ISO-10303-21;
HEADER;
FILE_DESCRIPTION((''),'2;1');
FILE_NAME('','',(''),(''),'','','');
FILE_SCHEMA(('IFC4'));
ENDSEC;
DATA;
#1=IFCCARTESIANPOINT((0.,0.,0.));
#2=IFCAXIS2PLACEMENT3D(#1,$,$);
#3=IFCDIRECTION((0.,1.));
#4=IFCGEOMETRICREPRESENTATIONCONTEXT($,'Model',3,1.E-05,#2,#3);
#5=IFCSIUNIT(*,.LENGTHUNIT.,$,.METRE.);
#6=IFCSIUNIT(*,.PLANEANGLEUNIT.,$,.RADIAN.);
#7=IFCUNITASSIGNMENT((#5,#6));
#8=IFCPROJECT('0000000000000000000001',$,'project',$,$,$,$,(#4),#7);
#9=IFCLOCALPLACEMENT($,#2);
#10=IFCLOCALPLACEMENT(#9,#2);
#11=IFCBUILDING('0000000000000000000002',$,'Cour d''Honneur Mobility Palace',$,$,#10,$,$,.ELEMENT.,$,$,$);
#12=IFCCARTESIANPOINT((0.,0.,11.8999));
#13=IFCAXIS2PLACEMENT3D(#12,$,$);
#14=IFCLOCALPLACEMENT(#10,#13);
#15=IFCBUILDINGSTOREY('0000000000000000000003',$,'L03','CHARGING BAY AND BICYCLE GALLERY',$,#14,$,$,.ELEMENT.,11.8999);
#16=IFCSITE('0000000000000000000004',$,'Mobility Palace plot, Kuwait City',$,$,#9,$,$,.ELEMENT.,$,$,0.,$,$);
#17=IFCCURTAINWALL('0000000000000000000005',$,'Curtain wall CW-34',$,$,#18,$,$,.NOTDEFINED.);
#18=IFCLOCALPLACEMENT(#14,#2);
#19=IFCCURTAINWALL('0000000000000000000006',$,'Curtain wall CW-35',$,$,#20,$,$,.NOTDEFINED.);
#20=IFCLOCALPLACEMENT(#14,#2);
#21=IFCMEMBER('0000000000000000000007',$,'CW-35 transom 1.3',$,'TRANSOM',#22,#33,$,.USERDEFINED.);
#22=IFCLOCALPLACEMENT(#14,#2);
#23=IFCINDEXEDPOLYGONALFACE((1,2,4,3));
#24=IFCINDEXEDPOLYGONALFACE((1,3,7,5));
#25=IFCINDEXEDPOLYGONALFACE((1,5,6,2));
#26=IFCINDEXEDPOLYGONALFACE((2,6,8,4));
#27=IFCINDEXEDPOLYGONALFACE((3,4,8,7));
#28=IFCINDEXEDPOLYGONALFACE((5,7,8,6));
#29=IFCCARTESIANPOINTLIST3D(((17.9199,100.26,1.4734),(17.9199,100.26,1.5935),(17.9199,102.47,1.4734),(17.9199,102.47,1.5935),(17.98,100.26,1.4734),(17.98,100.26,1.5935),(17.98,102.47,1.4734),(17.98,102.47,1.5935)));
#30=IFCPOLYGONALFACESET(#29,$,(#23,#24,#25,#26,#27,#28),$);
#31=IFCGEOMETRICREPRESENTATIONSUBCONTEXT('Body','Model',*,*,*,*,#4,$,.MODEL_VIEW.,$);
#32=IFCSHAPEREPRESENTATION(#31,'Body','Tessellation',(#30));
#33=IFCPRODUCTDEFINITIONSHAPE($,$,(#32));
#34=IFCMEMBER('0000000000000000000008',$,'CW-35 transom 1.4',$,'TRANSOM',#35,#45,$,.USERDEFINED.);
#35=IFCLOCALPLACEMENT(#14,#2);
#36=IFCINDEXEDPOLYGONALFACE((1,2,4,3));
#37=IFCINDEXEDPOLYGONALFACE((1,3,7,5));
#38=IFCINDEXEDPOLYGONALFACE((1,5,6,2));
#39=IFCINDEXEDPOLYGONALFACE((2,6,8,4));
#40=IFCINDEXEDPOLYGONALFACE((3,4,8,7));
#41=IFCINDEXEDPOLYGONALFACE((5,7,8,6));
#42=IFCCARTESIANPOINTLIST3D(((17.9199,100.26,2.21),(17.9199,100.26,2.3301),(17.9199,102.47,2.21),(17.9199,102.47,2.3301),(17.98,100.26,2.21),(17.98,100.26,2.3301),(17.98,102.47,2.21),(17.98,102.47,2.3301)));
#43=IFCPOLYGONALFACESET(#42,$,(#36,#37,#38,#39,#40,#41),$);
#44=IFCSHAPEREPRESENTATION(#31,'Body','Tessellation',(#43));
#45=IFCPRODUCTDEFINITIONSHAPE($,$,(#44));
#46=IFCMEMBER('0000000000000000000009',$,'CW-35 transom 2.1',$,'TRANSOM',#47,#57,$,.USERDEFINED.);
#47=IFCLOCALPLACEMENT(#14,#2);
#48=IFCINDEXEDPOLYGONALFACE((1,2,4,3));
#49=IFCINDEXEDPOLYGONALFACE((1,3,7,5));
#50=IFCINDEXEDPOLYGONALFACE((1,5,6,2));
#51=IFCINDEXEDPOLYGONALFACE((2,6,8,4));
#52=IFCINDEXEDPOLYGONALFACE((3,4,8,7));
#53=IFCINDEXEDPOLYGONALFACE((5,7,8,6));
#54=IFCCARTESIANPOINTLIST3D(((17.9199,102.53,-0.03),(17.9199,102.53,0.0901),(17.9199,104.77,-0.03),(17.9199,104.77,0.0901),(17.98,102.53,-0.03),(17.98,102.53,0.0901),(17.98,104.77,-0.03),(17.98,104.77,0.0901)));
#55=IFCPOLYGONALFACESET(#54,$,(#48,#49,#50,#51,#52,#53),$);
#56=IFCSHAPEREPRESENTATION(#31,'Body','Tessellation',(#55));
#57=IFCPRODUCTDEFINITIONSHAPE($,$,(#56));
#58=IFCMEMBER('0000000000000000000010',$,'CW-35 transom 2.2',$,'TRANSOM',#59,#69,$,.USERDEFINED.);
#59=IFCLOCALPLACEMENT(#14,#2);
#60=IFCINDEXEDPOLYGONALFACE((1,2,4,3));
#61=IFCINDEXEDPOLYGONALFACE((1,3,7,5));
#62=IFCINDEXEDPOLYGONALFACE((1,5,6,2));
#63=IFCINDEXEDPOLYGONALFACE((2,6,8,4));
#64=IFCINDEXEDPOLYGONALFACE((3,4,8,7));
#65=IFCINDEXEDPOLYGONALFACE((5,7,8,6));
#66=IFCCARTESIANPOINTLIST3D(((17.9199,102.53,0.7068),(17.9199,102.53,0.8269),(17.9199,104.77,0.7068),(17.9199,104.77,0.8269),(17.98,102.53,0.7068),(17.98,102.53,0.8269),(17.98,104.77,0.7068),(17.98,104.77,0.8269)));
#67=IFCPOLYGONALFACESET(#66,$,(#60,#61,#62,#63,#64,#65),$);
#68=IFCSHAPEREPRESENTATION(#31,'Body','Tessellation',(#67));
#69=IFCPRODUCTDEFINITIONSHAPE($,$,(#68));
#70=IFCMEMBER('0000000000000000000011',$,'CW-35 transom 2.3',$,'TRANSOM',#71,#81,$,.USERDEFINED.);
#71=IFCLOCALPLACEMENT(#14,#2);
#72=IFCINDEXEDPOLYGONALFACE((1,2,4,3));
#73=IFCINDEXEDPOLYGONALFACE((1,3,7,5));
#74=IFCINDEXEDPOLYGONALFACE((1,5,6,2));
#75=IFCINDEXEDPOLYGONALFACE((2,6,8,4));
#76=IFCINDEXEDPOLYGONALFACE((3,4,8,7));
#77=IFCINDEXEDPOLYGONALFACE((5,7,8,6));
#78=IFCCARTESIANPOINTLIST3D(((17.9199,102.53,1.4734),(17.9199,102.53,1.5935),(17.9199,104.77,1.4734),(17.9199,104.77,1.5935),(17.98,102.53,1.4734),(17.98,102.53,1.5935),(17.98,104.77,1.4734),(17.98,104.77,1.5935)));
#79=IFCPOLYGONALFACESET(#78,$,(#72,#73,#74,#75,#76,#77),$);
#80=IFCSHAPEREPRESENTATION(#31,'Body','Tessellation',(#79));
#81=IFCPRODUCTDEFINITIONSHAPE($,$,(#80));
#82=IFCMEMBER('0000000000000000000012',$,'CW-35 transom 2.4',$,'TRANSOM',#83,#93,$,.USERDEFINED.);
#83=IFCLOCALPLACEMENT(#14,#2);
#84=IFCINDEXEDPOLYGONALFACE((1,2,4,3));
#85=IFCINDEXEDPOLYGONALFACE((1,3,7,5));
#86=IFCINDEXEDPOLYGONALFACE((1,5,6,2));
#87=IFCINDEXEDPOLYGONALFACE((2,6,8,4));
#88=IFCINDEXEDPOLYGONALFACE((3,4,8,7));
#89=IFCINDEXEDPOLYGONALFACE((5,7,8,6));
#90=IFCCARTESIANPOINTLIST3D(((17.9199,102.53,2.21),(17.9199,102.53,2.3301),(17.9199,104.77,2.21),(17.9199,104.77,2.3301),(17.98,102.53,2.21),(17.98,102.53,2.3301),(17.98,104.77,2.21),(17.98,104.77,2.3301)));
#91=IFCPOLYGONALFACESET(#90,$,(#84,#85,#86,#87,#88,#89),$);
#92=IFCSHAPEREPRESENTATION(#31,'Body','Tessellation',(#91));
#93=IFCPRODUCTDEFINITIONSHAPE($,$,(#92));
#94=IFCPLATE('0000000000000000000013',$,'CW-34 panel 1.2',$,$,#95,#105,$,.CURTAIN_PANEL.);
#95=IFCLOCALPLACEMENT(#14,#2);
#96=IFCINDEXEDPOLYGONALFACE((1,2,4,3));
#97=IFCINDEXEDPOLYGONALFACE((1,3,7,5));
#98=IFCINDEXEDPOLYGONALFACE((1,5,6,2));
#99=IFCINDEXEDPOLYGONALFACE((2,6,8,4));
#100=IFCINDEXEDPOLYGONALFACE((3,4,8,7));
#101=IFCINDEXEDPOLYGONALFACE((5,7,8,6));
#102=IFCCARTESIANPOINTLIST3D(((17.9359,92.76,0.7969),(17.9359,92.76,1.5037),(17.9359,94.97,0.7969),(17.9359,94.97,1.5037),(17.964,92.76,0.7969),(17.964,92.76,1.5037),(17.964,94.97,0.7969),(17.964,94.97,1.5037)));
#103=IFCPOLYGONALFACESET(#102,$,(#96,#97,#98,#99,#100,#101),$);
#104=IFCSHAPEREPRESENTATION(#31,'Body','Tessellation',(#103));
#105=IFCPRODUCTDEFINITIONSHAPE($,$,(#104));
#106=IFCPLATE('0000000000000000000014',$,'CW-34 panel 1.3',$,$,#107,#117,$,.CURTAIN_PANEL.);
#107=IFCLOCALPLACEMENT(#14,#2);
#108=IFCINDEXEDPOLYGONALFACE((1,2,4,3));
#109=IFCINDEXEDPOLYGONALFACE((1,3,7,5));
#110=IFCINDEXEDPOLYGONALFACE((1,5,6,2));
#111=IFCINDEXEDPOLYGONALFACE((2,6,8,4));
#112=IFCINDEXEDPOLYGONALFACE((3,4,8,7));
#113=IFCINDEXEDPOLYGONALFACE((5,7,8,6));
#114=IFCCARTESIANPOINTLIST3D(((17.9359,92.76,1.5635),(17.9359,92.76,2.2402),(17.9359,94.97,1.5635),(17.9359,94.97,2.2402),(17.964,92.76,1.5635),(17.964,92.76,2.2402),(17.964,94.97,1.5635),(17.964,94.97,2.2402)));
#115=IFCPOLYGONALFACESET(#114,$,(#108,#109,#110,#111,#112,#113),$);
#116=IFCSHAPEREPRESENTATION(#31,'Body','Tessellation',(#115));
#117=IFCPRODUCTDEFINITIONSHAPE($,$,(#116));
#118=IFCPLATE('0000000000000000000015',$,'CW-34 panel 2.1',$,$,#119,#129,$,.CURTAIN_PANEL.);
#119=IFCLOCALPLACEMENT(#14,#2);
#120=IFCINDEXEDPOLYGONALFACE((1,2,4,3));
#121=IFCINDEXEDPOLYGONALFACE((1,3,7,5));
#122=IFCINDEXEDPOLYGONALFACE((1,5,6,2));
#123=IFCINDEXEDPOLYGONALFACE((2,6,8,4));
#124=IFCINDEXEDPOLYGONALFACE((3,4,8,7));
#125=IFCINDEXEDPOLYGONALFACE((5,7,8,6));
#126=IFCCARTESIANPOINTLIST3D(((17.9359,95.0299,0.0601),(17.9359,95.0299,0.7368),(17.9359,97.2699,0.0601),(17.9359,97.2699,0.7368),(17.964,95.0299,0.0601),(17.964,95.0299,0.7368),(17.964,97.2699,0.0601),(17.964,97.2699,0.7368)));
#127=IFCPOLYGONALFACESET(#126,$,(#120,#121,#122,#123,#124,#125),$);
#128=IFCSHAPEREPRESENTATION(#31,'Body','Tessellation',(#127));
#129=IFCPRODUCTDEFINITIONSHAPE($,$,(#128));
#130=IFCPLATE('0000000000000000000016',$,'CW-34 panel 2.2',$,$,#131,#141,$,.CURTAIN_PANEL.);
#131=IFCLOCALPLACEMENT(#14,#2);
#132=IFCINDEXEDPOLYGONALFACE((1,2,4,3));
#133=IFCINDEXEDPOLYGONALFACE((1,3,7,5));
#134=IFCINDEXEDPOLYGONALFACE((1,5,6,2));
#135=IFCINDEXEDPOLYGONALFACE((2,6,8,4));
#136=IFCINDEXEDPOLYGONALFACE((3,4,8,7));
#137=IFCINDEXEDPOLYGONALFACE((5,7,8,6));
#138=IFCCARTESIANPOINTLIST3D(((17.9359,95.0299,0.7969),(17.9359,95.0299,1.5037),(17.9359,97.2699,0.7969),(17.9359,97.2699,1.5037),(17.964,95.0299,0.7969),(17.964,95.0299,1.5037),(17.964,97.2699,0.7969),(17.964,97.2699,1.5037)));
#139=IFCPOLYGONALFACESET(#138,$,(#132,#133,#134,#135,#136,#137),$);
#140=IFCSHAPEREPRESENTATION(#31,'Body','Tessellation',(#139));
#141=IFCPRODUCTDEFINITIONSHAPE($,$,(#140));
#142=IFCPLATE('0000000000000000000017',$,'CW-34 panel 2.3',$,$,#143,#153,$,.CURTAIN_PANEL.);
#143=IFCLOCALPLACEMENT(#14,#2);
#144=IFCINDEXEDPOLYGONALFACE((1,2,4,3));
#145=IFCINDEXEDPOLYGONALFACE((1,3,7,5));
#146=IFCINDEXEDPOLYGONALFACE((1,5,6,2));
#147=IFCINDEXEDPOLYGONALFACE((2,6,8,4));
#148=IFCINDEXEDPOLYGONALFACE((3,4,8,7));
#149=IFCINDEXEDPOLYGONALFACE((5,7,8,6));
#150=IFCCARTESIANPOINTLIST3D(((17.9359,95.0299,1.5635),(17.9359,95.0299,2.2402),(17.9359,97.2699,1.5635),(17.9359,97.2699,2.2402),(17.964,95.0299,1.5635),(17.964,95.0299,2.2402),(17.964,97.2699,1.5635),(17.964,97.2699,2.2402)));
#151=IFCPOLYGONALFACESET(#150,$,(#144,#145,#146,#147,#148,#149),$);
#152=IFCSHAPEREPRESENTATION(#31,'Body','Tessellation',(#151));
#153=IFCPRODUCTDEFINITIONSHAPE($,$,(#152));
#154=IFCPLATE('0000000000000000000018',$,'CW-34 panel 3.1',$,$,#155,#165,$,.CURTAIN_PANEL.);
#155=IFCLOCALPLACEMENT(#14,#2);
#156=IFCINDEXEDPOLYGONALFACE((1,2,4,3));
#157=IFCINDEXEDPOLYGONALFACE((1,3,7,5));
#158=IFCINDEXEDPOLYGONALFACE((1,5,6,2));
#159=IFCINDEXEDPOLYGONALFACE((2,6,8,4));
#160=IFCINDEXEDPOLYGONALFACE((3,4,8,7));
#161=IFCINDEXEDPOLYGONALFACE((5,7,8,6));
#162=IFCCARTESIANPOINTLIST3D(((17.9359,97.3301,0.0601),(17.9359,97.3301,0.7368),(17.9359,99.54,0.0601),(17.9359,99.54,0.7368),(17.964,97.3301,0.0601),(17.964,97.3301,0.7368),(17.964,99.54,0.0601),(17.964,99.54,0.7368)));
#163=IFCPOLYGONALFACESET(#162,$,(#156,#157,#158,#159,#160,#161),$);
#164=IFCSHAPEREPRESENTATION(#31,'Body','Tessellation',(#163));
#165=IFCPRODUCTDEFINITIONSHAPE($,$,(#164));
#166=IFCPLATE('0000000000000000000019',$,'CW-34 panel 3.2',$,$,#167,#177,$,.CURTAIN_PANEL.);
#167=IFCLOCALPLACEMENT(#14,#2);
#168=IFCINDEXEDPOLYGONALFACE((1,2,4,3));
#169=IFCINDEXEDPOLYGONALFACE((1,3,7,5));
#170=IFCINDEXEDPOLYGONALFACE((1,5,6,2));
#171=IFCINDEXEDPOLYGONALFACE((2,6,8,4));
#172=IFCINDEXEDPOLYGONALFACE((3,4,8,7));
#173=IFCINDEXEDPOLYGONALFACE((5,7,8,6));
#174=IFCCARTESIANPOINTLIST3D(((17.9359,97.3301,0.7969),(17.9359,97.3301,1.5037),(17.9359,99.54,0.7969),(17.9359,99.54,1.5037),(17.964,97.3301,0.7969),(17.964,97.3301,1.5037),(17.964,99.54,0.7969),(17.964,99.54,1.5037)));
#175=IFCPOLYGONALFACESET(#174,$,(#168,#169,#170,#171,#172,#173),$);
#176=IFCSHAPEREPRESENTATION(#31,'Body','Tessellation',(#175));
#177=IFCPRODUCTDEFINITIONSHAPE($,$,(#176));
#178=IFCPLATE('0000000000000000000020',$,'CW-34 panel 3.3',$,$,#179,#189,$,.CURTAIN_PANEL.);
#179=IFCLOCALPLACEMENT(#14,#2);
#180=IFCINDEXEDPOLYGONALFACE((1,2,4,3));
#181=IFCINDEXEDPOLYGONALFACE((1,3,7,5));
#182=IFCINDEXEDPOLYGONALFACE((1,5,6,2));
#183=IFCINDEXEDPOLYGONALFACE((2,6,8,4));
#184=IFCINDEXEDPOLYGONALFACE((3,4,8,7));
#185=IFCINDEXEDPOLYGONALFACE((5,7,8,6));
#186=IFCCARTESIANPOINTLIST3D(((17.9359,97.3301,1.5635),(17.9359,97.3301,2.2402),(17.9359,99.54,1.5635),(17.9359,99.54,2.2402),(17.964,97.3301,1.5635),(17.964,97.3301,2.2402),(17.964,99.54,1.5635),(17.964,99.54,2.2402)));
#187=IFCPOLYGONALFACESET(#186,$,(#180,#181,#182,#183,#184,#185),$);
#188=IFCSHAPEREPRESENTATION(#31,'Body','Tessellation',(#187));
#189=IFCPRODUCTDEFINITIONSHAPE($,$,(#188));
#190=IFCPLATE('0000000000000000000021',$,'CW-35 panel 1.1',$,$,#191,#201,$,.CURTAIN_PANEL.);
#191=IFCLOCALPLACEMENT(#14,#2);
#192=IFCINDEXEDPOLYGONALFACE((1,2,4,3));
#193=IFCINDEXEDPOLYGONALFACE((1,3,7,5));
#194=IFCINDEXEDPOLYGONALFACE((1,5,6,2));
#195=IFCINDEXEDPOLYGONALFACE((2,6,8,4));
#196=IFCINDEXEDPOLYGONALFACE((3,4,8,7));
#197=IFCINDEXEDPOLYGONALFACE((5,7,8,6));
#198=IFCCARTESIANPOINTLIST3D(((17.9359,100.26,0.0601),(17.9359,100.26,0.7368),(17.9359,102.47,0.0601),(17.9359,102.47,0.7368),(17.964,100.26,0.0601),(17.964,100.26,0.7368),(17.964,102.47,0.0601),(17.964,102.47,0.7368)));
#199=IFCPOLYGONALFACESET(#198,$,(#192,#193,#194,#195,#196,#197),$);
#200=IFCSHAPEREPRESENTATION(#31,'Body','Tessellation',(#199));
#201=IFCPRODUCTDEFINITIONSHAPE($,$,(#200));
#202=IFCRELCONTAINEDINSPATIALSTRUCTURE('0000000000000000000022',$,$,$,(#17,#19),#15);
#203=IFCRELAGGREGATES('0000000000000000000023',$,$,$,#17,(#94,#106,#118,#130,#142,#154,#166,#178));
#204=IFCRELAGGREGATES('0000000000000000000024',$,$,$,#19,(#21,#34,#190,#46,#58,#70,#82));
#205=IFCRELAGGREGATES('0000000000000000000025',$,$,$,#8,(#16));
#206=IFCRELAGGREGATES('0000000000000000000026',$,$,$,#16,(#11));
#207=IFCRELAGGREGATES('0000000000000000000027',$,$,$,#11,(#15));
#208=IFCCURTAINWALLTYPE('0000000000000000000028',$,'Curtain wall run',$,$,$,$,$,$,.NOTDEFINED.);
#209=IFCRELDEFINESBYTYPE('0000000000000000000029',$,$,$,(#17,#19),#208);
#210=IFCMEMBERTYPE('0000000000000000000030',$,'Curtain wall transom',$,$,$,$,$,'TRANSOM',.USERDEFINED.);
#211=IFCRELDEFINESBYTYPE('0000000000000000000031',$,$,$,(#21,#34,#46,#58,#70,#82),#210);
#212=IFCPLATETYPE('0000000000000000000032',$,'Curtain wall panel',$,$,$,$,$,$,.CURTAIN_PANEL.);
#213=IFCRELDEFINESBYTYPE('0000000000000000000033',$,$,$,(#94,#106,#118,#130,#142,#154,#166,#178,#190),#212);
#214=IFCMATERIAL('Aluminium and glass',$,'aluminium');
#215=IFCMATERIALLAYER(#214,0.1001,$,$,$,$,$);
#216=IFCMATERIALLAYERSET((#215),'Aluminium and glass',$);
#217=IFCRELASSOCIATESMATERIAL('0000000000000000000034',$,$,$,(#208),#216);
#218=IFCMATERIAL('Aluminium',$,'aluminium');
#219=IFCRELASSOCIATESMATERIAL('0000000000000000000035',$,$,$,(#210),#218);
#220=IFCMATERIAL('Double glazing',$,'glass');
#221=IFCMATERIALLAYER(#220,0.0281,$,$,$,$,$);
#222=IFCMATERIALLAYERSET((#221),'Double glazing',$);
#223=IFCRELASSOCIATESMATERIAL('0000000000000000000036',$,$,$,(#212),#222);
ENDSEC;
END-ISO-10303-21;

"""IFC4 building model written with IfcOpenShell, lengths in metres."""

from ifc_helpers import new_model, si_unit, direction, frame, origin, origin_2d, place, context, subcontext, project, spatial, rectangle, extrude, material, layer, layer_set, material_profile, profile_set, type_object, element, aggregate, save


model = new_model("IFC4")

# Units and contexts
model_context = context("Model", 3, precision=1e-05, world=origin(), true_north=direction((0.0, 1.0)))
body_context = subcontext(model_context, "Body", "Model", "MODEL_VIEW")
ifc_project = project(units=[si_unit("LENGTHUNIT", "METRE"), si_unit("PLANEANGLEUNIT", "RADIAN")], contexts=[model_context])

# Site, building, storey
site_placement = place(None, origin())
site = spatial("IfcSite", under=ifc_project, at=site_placement, Name="Mobility Palace plot, Kuwait City", CompositionType="ELEMENT", RefElevation=0.0)
building_placement = place(site_placement, origin())
building = spatial("IfcBuilding", under=site, at=building_placement, Name="Cour d'Honneur Mobility Palace", CompositionType="ELEMENT")
storey_placement = place(building_placement, frame((0.0, 0.0, 11.8999)))
storey = spatial("IfcBuildingStorey", under=building, at=storey_placement, Name="L03", Description="CHARGING BAY AND BICYCLE GALLERY", CompositionType="ELEMENT", Elevation=11.8999)

# Curtain walls
ifc_material_1 = material(Name="Aluminium and glass", Category="aluminium")
ifc_layer_1 = layer(ifc_material_1, 0.1001)
ifc_layer_set_1 = layer_set([ifc_layer_1], Name="Aluminium and glass")
curtain_wall_type = type_object("IfcCurtainWallType", Name="Curtain wall run", PredefinedType="NOTDEFINED", material=ifc_layer_set_1)
curtain_wall_1_placement = place(storey_placement, origin())
curtain_wall_1 = element("IfcCurtainWall", 1, at=curtain_wall_1_placement, inside=storey, type_object=curtain_wall_type, Name="Curtain wall CW-34", PredefinedType="NOTDEFINED")
curtain_wall_2_placement = place(storey_placement, origin())
curtain_wall_2 = element("IfcCurtainWall", 2, at=curtain_wall_2_placement, inside=storey, type_object=curtain_wall_type, Name="Curtain wall CW-35", PredefinedType="NOTDEFINED")

# Members
ifc_material_2 = material(Name="Aluminium", Category="aluminium")
ifc_material_profile_1 = material_profile(ifc_material_2, rectangle(XDim=0.0601, YDim=0.1201, at=origin_2d()), Name="Curtain wall transom")
ifc_profile_set_1 = profile_set([ifc_material_profile_1], Name="Aluminium")
member_type_1 = type_object("IfcMemberType", Name="Curtain wall transom", ElementType="TRANSOM", PredefinedType="USERDEFINED", material=ifc_profile_set_1)
member_1_placement = place(storey_placement, frame((17.95, 100.26, 1.5334), z_axis=(0.0, 1.0, 0.0), x_axis=(-1.0, 0.0, 0.0)))
member_1 = element("IfcMember", 3, at=member_1_placement, type_object=member_type_1, Name="CW-35 transom 1.3", ObjectType="TRANSOM", PredefinedType="USERDEFINED", context=body_context, shape_type="SweptSolid", body=[
    extrude(rectangle(XDim=0.0601, YDim=0.1201, at=origin_2d()), origin(), (0.0, 0.0, 1.0), 2.21),
])
member_2_placement = place(storey_placement, frame((17.95, 100.26, 2.27), z_axis=(0.0, 1.0, 0.0), x_axis=(-1.0, 0.0, 0.0)))
member_2 = element("IfcMember", 4, at=member_2_placement, type_object=member_type_1, Name="CW-35 transom 1.4", ObjectType="TRANSOM", PredefinedType="USERDEFINED", context=body_context, shape_type="SweptSolid", body=[
    extrude(rectangle(XDim=0.0601, YDim=0.1201, at=origin_2d()), origin(), (0.0, 0.0, 1.0), 2.21),
])
member_3_placement = place(storey_placement, frame((17.95, 102.53, 0.03), z_axis=(0.0, 1.0, 0.0), x_axis=(-1.0, 0.0, 0.0)))
member_3 = element("IfcMember", 5, at=member_3_placement, type_object=member_type_1, Name="CW-35 transom 2.1", ObjectType="TRANSOM", PredefinedType="USERDEFINED", context=body_context, shape_type="SweptSolid", body=[
    extrude(rectangle(XDim=0.0601, YDim=0.1201, at=origin_2d()), origin(), (0.0, 0.0, 1.0), 2.24),
])
member_4_placement = place(storey_placement, frame((17.95, 102.53, 0.7668), z_axis=(0.0, 1.0, 0.0), x_axis=(-1.0, 0.0, 0.0)))
member_4 = element("IfcMember", 6, at=member_4_placement, type_object=member_type_1, Name="CW-35 transom 2.2", ObjectType="TRANSOM", PredefinedType="USERDEFINED", context=body_context, shape_type="SweptSolid", body=[
    extrude(rectangle(XDim=0.0601, YDim=0.1201, at=origin_2d()), origin(), (0.0, 0.0, 1.0), 2.24),
])
member_5_placement = place(storey_placement, frame((17.95, 102.53, 1.5334), z_axis=(0.0, 1.0, 0.0), x_axis=(-1.0, 0.0, 0.0)))
member_5 = element("IfcMember", 7, at=member_5_placement, type_object=member_type_1, Name="CW-35 transom 2.3", ObjectType="TRANSOM", PredefinedType="USERDEFINED", context=body_context, shape_type="SweptSolid", body=[
    extrude(rectangle(XDim=0.0601, YDim=0.1201, at=origin_2d()), origin(), (0.0, 0.0, 1.0), 2.24),
])
member_6_placement = place(storey_placement, frame((17.95, 102.53, 2.27), z_axis=(0.0, 1.0, 0.0), x_axis=(-1.0, 0.0, 0.0)))
member_6 = element("IfcMember", 8, at=member_6_placement, type_object=member_type_1, Name="CW-35 transom 2.4", ObjectType="TRANSOM", PredefinedType="USERDEFINED", context=body_context, shape_type="SweptSolid", body=[
    extrude(rectangle(XDim=0.0601, YDim=0.1201, at=origin_2d()), origin(), (0.0, 0.0, 1.0), 2.24),
])

# Plates
ifc_material_3 = material(Name="Double glazing", Category="glass")
ifc_layer_2 = layer(ifc_material_3, 0.0281)
ifc_layer_set_2 = layer_set([ifc_layer_2], Name="Double glazing")
plate_type = type_object("IfcPlateType", Name="Curtain wall panel", PredefinedType="CURTAIN_PANEL", material=ifc_layer_set_2)
plate_1_placement = place(storey_placement, frame((17.95, 93.865, 0.7969), z_axis=(0.0, 0.0, 1.0), x_axis=(0.0, 1.0, 0.0)))
plate_1 = element("IfcPlate", 9, at=plate_1_placement, type_object=plate_type, Name="CW-34 panel 1.2", PredefinedType="CURTAIN_PANEL", context=body_context, shape_type="SweptSolid", body=[
    extrude(rectangle(XDim=2.21, YDim=0.0281, at=origin_2d()), origin(), (0.0, 0.0, 1.0), 0.7068),
])
plate_2_placement = place(storey_placement, frame((17.95, 93.865, 1.5635), z_axis=(0.0, 0.0, 1.0), x_axis=(0.0, 1.0, 0.0)))
plate_2 = element("IfcPlate", 10, at=plate_2_placement, type_object=plate_type, Name="CW-34 panel 1.3", PredefinedType="CURTAIN_PANEL", context=body_context, shape_type="SweptSolid", body=[
    extrude(rectangle(XDim=2.21, YDim=0.0281, at=origin_2d()), origin(), (0.0, 0.0, 1.0), 0.6768),
])
plate_3_placement = place(storey_placement, frame((17.95, 96.1499, 0.0601), z_axis=(0.0, 0.0, 1.0), x_axis=(0.0, 1.0, 0.0)))
plate_3 = element("IfcPlate", 11, at=plate_3_placement, type_object=plate_type, Name="CW-34 panel 2.1", PredefinedType="CURTAIN_PANEL", context=body_context, shape_type="SweptSolid", body=[
    extrude(rectangle(XDim=2.24, YDim=0.0281, at=origin_2d()), origin(), (0.0, 0.0, 1.0), 0.6768),
])
plate_4_placement = place(storey_placement, frame((17.95, 96.1499, 0.7969), z_axis=(0.0, 0.0, 1.0), x_axis=(0.0, 1.0, 0.0)))
plate_4 = element("IfcPlate", 12, at=plate_4_placement, type_object=plate_type, Name="CW-34 panel 2.2", PredefinedType="CURTAIN_PANEL", context=body_context, shape_type="SweptSolid", body=[
    extrude(rectangle(XDim=2.24, YDim=0.0281, at=origin_2d()), origin(), (0.0, 0.0, 1.0), 0.7068),
])
plate_5_placement = place(storey_placement, frame((17.95, 96.1499, 1.5635), z_axis=(0.0, 0.0, 1.0), x_axis=(0.0, 1.0, 0.0)))
plate_5 = element("IfcPlate", 13, at=plate_5_placement, type_object=plate_type, Name="CW-34 panel 2.3", PredefinedType="CURTAIN_PANEL", context=body_context, shape_type="SweptSolid", body=[
    extrude(rectangle(XDim=2.24, YDim=0.0281, at=origin_2d()), origin(), (0.0, 0.0, 1.0), 0.6768),
])
plate_6_placement = place(storey_placement, frame((17.95, 98.4351, 0.0601), z_axis=(0.0, 0.0, 1.0), x_axis=(0.0, 1.0, 0.0)))
plate_6 = element("IfcPlate", 14, at=plate_6_placement, type_object=plate_type, Name="CW-34 panel 3.1", PredefinedType="CURTAIN_PANEL", context=body_context, shape_type="SweptSolid", body=[
    extrude(rectangle(XDim=2.21, YDim=0.0281, at=origin_2d()), origin(), (0.0, 0.0, 1.0), 0.6768),
])
plate_7_placement = place(storey_placement, frame((17.95, 98.4351, 0.7969), z_axis=(0.0, 0.0, 1.0), x_axis=(0.0, 1.0, 0.0)))
plate_7 = element("IfcPlate", 15, at=plate_7_placement, type_object=plate_type, Name="CW-34 panel 3.2", PredefinedType="CURTAIN_PANEL", context=body_context, shape_type="SweptSolid", body=[
    extrude(rectangle(XDim=2.21, YDim=0.0281, at=origin_2d()), origin(), (0.0, 0.0, 1.0), 0.7068),
])
plate_8_placement = place(storey_placement, frame((17.95, 98.4351, 1.5635), z_axis=(0.0, 0.0, 1.0), x_axis=(0.0, 1.0, 0.0)))
plate_8 = element("IfcPlate", 16, at=plate_8_placement, type_object=plate_type, Name="CW-34 panel 3.3", PredefinedType="CURTAIN_PANEL", context=body_context, shape_type="SweptSolid", body=[
    extrude(rectangle(XDim=2.21, YDim=0.0281, at=origin_2d()), origin(), (0.0, 0.0, 1.0), 0.6768),
])
aggregate(curtain_wall_1, [plate_1, plate_2, plate_3, plate_4, plate_5, plate_6, plate_7, plate_8])
plate_9_placement = place(storey_placement, frame((17.95, 101.365, 0.0601), z_axis=(0.0, 0.0, 1.0), x_axis=(0.0, 1.0, 0.0)))
plate_9 = element("IfcPlate", 17, at=plate_9_placement, type_object=plate_type, Name="CW-35 panel 1.1", PredefinedType="CURTAIN_PANEL", context=body_context, shape_type="SweptSolid", body=[
    extrude(rectangle(XDim=2.21, YDim=0.0281, at=origin_2d()), origin(), (0.0, 0.0, 1.0), 0.6768),
])
aggregate(curtain_wall_2, [member_1, member_2, plate_9, member_3, member_4, member_5, member_6])

save(model, "model.ifc")
